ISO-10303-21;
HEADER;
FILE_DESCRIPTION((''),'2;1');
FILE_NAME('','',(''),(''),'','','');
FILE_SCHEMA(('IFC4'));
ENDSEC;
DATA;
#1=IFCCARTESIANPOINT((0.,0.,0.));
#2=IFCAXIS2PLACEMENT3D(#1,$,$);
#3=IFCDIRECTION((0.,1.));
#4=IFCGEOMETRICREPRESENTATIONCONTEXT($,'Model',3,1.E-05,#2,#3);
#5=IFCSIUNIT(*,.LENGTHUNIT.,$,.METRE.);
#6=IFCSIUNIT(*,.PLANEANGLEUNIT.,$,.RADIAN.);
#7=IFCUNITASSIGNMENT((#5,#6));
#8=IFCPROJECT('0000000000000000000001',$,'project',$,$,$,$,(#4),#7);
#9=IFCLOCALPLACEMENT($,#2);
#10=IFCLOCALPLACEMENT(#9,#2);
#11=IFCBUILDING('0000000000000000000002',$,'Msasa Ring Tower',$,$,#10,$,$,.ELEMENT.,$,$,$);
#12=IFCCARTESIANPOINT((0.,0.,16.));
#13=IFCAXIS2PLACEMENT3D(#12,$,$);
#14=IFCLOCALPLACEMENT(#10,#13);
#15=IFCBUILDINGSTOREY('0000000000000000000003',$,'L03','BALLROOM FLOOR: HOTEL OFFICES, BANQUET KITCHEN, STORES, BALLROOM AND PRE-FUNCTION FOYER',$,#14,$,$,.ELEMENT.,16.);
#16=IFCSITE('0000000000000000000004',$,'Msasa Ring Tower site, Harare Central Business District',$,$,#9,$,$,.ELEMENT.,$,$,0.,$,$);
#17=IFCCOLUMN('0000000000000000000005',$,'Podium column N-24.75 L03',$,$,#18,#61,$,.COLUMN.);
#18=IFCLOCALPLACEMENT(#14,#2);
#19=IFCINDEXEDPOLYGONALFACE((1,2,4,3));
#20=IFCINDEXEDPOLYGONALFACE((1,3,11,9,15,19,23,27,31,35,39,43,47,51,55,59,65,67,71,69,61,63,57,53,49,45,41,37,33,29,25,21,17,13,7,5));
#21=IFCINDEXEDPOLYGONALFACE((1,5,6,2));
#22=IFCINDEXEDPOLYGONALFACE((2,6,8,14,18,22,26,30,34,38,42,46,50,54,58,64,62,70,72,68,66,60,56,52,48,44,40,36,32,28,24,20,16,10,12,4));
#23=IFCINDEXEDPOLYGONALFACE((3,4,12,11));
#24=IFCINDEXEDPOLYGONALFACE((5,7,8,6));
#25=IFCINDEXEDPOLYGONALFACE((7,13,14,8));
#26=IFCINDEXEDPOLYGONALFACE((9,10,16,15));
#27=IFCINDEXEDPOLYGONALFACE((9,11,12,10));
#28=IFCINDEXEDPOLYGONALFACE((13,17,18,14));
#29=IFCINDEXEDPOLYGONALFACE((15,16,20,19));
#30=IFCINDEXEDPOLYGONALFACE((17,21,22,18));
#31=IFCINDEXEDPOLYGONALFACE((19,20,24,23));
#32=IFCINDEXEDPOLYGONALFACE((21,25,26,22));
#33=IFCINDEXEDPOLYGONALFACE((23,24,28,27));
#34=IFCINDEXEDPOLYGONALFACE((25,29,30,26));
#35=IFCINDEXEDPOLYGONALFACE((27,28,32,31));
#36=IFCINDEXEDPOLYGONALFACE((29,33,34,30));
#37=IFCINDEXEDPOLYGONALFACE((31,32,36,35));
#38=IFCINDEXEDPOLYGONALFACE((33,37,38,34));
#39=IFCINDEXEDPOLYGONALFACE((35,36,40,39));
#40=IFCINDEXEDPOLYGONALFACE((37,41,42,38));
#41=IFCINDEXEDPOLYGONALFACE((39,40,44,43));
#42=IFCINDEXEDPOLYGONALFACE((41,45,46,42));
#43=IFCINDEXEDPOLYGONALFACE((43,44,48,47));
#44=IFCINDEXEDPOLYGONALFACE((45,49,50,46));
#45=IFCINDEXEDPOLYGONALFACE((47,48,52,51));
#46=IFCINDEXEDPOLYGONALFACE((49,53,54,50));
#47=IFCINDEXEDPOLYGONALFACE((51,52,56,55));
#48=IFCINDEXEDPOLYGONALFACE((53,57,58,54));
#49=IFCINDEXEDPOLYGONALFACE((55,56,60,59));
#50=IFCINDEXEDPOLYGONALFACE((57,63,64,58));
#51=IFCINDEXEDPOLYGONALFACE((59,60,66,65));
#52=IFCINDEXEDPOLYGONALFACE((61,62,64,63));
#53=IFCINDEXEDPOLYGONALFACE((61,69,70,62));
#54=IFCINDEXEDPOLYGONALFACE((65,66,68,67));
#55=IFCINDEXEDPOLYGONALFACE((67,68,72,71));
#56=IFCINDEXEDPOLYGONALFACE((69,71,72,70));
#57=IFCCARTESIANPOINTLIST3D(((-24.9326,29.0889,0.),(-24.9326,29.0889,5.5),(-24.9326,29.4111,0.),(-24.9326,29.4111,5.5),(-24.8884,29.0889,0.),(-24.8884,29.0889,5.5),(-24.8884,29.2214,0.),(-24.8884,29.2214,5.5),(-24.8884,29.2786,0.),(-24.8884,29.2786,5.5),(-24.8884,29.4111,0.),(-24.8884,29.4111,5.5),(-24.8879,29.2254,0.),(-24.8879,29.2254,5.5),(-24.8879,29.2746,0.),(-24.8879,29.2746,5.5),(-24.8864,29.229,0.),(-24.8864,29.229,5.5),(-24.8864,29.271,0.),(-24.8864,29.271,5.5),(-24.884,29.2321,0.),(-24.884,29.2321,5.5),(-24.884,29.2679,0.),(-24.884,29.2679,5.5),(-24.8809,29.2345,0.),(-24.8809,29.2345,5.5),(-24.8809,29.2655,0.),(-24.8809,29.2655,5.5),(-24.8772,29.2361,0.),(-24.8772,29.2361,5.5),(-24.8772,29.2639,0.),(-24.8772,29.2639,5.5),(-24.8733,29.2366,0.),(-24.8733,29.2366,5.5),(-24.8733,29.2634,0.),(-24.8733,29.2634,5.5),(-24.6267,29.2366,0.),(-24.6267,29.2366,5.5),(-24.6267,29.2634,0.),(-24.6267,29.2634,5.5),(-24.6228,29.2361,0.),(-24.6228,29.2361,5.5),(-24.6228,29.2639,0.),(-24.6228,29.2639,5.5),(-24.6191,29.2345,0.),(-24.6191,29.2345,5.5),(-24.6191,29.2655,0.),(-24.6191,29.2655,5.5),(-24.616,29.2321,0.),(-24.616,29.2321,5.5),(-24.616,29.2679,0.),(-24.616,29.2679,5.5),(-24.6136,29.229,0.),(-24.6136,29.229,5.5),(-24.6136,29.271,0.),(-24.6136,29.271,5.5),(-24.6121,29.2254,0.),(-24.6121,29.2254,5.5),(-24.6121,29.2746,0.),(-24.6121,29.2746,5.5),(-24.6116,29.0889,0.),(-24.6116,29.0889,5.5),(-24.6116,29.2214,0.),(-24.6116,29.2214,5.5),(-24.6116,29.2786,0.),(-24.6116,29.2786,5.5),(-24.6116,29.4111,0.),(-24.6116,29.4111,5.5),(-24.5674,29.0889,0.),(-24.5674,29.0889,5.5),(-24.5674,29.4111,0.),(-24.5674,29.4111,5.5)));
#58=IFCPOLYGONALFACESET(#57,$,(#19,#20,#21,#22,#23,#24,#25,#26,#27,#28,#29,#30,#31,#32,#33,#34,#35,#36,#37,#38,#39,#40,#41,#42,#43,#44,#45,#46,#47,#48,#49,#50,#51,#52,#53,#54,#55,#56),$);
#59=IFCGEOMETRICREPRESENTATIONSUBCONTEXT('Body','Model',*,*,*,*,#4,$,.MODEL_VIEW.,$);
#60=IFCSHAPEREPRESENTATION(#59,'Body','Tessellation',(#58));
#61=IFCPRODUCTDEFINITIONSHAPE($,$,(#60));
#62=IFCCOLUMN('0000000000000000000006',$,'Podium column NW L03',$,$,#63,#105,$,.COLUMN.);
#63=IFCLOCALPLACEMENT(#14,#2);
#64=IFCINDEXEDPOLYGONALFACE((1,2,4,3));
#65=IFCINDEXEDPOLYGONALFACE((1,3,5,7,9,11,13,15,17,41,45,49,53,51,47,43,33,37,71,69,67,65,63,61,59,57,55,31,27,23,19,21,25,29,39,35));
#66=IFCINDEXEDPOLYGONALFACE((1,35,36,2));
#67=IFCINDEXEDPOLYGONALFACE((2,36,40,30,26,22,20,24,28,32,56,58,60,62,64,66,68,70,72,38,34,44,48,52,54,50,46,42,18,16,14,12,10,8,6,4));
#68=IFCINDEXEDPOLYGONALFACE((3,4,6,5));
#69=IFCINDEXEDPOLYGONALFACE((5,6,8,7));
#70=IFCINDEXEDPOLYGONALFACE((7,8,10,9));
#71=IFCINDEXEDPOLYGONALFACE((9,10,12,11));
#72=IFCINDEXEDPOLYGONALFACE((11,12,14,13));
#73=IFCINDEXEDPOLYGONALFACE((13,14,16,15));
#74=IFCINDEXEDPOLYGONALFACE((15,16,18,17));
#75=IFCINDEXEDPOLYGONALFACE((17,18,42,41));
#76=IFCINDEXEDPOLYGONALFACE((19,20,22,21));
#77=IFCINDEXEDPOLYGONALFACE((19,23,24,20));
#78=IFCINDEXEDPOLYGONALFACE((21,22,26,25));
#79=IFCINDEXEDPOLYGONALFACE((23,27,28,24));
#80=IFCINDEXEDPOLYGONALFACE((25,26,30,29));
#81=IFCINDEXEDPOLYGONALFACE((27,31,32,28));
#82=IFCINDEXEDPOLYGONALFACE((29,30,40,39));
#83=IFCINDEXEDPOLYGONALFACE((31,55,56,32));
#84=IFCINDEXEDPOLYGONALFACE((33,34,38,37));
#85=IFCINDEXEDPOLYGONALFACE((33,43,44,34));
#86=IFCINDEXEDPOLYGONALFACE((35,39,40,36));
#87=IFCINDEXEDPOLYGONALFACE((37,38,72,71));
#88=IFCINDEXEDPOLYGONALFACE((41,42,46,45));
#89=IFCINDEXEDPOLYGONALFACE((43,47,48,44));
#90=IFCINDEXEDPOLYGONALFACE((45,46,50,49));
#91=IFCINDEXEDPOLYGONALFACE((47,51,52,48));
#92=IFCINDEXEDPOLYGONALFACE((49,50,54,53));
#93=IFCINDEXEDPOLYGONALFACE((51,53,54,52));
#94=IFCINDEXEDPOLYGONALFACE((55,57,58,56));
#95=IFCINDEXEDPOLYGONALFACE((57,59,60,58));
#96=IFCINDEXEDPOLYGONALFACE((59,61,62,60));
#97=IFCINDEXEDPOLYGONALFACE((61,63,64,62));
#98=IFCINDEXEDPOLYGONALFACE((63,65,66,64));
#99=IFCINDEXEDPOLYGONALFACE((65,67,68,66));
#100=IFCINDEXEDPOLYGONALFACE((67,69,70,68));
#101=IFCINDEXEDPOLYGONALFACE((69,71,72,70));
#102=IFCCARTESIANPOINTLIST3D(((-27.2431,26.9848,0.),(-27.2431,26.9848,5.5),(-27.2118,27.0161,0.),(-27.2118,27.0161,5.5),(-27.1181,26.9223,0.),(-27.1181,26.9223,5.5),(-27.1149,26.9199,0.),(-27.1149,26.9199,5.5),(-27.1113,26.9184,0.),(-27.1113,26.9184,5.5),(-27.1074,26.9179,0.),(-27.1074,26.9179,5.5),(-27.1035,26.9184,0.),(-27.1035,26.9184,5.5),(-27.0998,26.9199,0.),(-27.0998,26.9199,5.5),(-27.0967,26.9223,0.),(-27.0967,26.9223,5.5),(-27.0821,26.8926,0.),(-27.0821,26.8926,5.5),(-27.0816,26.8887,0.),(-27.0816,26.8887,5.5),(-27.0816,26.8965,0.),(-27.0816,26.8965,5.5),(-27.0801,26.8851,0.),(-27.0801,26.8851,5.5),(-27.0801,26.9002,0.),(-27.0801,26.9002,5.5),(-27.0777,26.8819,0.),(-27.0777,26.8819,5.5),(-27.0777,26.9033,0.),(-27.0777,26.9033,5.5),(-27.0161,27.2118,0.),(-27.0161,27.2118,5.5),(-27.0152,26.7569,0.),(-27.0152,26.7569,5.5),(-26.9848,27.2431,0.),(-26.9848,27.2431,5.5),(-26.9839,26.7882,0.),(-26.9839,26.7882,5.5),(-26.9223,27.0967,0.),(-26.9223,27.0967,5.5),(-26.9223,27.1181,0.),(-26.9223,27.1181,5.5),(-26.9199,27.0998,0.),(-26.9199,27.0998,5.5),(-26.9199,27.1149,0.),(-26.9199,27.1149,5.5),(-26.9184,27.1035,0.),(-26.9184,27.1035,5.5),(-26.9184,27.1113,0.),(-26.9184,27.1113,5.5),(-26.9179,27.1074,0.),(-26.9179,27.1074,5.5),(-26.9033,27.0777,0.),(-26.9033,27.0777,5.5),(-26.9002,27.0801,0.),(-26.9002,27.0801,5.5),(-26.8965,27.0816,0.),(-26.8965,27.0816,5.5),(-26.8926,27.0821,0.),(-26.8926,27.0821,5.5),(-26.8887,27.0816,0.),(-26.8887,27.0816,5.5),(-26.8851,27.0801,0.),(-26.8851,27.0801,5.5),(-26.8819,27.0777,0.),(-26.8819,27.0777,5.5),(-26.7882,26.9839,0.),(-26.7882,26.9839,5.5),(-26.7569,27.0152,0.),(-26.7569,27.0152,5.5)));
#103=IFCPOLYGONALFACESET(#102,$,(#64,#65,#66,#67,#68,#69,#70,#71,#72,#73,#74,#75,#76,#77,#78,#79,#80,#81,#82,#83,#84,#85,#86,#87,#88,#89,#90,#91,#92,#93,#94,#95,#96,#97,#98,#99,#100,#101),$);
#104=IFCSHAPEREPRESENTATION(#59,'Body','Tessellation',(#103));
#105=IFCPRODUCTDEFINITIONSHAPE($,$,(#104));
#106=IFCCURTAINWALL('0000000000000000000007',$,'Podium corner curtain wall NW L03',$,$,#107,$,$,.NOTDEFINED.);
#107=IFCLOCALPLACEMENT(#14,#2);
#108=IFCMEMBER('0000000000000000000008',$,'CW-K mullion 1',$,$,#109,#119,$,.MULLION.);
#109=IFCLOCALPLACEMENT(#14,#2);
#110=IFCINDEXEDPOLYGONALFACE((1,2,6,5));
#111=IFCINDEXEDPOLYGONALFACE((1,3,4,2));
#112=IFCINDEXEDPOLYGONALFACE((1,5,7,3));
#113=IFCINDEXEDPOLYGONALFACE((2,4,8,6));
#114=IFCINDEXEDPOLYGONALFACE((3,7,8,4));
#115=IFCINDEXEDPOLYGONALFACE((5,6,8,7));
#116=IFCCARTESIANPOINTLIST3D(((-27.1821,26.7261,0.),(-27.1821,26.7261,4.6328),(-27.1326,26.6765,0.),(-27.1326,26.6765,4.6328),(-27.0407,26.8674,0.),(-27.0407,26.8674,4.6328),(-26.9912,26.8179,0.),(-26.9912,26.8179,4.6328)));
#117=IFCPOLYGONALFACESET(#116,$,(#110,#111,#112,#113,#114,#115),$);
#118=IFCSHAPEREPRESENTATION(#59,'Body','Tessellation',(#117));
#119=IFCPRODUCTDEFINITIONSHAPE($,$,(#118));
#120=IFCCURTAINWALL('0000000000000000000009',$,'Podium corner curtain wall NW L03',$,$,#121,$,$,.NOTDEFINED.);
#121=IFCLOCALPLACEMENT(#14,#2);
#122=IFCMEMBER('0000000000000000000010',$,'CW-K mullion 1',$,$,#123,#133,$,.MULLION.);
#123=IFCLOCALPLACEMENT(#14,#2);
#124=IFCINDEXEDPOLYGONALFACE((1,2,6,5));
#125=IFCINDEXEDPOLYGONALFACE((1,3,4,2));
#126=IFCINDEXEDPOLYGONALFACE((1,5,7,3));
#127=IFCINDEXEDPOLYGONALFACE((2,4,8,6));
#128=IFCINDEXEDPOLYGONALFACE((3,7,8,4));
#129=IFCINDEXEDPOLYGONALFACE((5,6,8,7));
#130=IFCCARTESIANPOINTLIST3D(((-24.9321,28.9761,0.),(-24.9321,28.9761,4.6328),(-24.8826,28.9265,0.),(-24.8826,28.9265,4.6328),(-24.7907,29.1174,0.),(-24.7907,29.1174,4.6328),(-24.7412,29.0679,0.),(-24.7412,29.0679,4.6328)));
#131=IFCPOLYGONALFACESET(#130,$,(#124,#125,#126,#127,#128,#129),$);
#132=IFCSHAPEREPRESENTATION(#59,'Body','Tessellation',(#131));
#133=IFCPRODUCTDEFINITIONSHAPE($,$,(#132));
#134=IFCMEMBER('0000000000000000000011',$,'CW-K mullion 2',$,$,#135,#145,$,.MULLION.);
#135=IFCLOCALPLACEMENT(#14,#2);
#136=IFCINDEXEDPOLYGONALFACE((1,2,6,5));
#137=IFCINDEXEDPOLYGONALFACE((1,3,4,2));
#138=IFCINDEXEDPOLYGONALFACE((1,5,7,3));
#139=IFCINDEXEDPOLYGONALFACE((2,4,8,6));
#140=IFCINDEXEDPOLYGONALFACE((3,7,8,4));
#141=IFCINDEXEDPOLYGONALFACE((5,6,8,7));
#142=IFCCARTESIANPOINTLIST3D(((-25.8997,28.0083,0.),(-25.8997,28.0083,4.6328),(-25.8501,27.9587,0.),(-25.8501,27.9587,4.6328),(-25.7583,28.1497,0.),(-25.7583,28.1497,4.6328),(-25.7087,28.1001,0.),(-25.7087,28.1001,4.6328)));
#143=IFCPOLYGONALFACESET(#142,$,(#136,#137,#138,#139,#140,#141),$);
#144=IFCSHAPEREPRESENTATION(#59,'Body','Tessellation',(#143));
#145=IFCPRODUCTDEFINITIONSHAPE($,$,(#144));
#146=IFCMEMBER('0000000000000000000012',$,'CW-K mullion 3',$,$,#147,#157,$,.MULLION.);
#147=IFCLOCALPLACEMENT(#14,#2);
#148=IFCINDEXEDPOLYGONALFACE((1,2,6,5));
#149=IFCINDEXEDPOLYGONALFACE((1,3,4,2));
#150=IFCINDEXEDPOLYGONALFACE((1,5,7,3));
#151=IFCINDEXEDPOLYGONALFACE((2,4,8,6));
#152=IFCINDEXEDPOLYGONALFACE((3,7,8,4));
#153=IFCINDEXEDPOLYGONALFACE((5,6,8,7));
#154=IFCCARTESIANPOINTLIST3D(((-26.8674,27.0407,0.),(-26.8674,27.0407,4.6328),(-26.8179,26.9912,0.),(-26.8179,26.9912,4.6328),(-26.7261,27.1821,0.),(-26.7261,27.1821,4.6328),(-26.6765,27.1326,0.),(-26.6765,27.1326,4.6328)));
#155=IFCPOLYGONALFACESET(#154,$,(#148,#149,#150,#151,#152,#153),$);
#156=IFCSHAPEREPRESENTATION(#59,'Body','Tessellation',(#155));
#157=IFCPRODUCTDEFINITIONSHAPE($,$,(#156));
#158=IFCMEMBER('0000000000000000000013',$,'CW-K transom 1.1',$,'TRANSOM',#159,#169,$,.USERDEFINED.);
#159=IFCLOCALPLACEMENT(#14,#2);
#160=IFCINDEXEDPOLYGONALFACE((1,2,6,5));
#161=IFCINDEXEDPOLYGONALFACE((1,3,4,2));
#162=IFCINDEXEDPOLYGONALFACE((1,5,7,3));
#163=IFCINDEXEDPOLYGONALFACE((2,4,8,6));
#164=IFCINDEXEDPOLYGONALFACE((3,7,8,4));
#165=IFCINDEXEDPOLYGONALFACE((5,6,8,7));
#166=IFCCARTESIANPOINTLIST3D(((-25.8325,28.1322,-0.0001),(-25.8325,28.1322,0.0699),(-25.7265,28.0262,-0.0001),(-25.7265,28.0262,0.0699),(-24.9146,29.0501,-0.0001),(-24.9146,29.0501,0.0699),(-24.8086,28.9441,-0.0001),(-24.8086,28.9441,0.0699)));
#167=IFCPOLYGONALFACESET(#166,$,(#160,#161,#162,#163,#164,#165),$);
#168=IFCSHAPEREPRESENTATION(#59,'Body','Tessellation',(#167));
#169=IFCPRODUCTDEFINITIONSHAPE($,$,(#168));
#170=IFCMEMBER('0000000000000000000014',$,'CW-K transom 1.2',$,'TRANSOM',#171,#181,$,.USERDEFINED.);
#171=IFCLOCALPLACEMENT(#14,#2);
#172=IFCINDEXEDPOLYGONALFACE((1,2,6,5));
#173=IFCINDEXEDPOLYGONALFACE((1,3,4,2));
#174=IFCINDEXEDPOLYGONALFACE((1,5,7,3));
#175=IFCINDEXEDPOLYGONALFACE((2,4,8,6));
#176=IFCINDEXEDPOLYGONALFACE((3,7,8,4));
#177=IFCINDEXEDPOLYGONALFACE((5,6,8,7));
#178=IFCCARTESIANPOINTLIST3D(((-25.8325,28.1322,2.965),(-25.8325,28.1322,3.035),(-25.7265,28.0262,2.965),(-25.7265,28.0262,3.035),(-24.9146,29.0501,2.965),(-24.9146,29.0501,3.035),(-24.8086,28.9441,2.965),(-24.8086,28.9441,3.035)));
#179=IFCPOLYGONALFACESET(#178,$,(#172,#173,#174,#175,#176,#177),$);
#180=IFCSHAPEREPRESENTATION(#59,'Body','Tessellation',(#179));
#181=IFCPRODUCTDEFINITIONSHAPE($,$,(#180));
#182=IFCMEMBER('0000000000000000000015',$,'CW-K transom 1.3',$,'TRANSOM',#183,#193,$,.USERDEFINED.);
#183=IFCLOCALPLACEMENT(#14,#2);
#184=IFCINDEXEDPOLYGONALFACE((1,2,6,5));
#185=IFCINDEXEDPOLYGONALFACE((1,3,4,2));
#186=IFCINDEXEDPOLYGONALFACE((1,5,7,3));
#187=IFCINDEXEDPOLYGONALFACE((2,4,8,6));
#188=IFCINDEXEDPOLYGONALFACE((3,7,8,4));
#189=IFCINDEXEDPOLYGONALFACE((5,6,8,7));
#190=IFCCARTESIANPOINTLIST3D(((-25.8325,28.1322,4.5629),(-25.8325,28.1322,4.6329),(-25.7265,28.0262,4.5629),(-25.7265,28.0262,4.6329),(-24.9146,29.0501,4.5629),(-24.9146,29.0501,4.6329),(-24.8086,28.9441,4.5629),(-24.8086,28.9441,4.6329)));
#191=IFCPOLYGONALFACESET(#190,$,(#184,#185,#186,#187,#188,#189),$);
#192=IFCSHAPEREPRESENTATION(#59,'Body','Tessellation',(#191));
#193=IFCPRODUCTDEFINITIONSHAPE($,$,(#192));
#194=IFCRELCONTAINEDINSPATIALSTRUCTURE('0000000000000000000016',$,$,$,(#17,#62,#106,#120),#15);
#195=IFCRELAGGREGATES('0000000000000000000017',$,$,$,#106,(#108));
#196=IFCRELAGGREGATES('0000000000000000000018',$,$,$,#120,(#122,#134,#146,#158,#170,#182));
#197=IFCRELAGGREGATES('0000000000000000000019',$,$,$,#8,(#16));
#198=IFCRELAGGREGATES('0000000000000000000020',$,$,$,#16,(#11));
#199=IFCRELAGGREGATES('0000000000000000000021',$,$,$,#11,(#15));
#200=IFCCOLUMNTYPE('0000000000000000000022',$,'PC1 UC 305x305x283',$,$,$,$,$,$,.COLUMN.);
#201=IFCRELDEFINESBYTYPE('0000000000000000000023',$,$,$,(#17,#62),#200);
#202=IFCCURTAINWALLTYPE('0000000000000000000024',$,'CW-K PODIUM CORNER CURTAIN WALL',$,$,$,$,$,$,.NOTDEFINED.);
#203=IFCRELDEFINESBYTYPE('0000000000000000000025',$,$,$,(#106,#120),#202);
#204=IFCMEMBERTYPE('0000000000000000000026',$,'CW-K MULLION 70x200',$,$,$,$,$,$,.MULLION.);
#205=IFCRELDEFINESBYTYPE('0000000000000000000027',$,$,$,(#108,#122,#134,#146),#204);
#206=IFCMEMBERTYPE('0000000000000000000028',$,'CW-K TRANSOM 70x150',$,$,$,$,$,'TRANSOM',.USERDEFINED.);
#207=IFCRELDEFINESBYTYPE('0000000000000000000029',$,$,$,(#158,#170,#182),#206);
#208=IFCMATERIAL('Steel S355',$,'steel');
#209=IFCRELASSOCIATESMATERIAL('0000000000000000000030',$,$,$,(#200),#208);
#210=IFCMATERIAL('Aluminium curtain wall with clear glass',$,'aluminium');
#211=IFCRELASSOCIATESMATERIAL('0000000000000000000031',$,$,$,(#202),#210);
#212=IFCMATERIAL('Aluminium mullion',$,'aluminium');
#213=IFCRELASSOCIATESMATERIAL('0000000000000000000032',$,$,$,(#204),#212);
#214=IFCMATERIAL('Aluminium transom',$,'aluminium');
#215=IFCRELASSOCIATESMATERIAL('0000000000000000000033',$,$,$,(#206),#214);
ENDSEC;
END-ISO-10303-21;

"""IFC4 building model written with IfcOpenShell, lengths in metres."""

from ifc_helpers import new_model, si_unit, direction, frame, origin, origin_2d, place, context, subcontext, project, spatial, rectangle, i_section, extrude, material, material_profile, profile_set, type_object, element, aggregate, save


model = new_model("IFC4")

# Units and contexts
model_context = context("Model", 3, precision=1e-05, world=origin(), true_north=direction((0.0, 1.0)))
body_context = subcontext(model_context, "Body", "Model", "MODEL_VIEW")
ifc_project = project(units=[si_unit("LENGTHUNIT", "METRE"), si_unit("PLANEANGLEUNIT", "RADIAN")], contexts=[model_context])

# Site, building, storey
site_placement = place(None, origin())
site = spatial("IfcSite", under=ifc_project, at=site_placement, Name="Msasa Ring Tower site, Harare Central Business District", CompositionType="ELEMENT", RefElevation=0.0)
building_placement = place(site_placement, origin())
building = spatial("IfcBuilding", under=site, at=building_placement, Name="Msasa Ring Tower", CompositionType="ELEMENT")
storey_placement = place(building_placement, frame((0.0, 0.0, 16.0)))
storey = spatial("IfcBuildingStorey", under=building, at=storey_placement, Name="L03", Description="BALLROOM FLOOR: HOTEL OFFICES, BANQUET KITCHEN, STORES, BALLROOM AND PRE-FUNCTION FOYER", CompositionType="ELEMENT", Elevation=16.0)

# Columns
ifc_material_1 = material(Name="Steel S355", Category="steel")
ifc_material_profile_1 = material_profile(ifc_material_1, i_section(OverallWidth=0.3223, OverallDepth=0.3652, WebThickness=0.0269, FlangeThickness=0.0442, FilletRadius=0.0151, at=origin_2d()), Name="UC 305x305x283")
ifc_profile_set_1 = profile_set([ifc_material_profile_1], Name="Steel S355")
column_type = type_object("IfcColumnType", Name="PC1 UC 305x305x283", PredefinedType="COLUMN", material=ifc_profile_set_1)
for number, where, z_axis, x_axis, name in (
    (1, (-24.75, 29.25, 0.0), (0.0, 0.0, 1.0), (0.0, 1.0, 0.0), "Podium column N-24.75 L03"),
    (2, (-27.0, 27.0, 0.0), (0.0, 0.0, 1.0), (0.707107, -0.707107, 0.0), "Podium column NW L03"),
):
    element("IfcColumn", number, at=place(storey_placement, frame(where, z_axis=z_axis, x_axis=x_axis)), inside=storey, type_object=column_type, Name=name, PredefinedType="COLUMN", context=body_context, shape_type="SweptSolid", body=[
        extrude(i_section(OverallWidth=0.3223, OverallDepth=0.3652, WebThickness=0.0269, FlangeThickness=0.0442, FilletRadius=0.0151, at=origin_2d()), origin(), (0.0, 0.0, 1.0), 5.5),
    ])

# Curtain wall, member
ifc_material_2 = material(Name="Aluminium curtain wall with clear glass", Category="aluminium")
curtain_wall_type = type_object("IfcCurtainWallType", Name="CW-K PODIUM CORNER CURTAIN WALL", PredefinedType="NOTDEFINED", material=ifc_material_2)
curtain_wall_1_placement = place(storey_placement, origin())
curtain_wall_1 = element("IfcCurtainWall", 3, at=curtain_wall_1_placement, inside=storey, type_object=curtain_wall_type, Name="Podium corner curtain wall NW L03", PredefinedType="NOTDEFINED")
ifc_material_3 = material(Name="Aluminium mullion", Category="aluminium")
ifc_material_profile_2 = material_profile(ifc_material_3, rectangle(XDim=0.0701, YDim=0.2, at=origin_2d()), Name="AL 70x200")
ifc_profile_set_2 = profile_set([ifc_material_profile_2], Name="Aluminium mullion")
member_type_1 = type_object("IfcMemberType", Name="CW-K MULLION 70x200", PredefinedType="MULLION", material=ifc_profile_set_2)
member_1_placement = place(storey_placement, frame((-27.0867, 26.772, 0.0), z_axis=(0.0, 0.0, 1.0), x_axis=(0.707107, -0.707107, 0.0)))
member_1 = element("IfcMember", 4, at=member_1_placement, type_object=member_type_1, Name="CW-K mullion 1", PredefinedType="MULLION", context=body_context, shape_type="SweptSolid", body=[
    extrude(rectangle(XDim=0.0701, YDim=0.2, at=origin_2d()), origin(), (0.0, 0.0, 1.0), 4.6328),
])
aggregate(curtain_wall_1, [member_1])

# Curtain wall, members
curtain_wall_2_placement = place(storey_placement, origin())
curtain_wall_2 = element("IfcCurtainWall", 5, at=curtain_wall_2_placement, inside=storey, type_object=curtain_wall_type, Name="Podium corner curtain wall NW L03", PredefinedType="NOTDEFINED")
member_2_placement = place(storey_placement, frame((-24.8367, 29.022, 0.0), z_axis=(0.0, 0.0, 1.0), x_axis=(0.707107, -0.707107, 0.0)))
member_2 = element("IfcMember", 6, at=member_2_placement, type_object=member_type_1, Name="CW-K mullion 1", PredefinedType="MULLION", context=body_context, shape_type="SweptSolid", body=[
    extrude(rectangle(XDim=0.0701, YDim=0.2, at=origin_2d()), origin(), (0.0, 0.0, 1.0), 4.6328),
])
member_3_placement = place(storey_placement, frame((-25.8042, 28.0542, 0.0), z_axis=(0.0, 0.0, 1.0), x_axis=(0.707107, -0.707107, 0.0)))
member_3 = element("IfcMember", 7, at=member_3_placement, type_object=member_type_1, Name="CW-K mullion 2", PredefinedType="MULLION", context=body_context, shape_type="SweptSolid", body=[
    extrude(rectangle(XDim=0.0701, YDim=0.2, at=origin_2d()), origin(), (0.0, 0.0, 1.0), 4.6328),
])
member_4_placement = place(storey_placement, frame((-26.772, 27.0867, 0.0), z_axis=(0.0, 0.0, 1.0), x_axis=(0.707107, -0.707107, 0.0)))
member_4 = element("IfcMember", 8, at=member_4_placement, type_object=member_type_1, Name="CW-K mullion 3", PredefinedType="MULLION", context=body_context, shape_type="SweptSolid", body=[
    extrude(rectangle(XDim=0.0701, YDim=0.2, at=origin_2d()), origin(), (0.0, 0.0, 1.0), 4.6328),
])
ifc_material_4 = material(Name="Aluminium transom", Category="aluminium")
ifc_material_profile_3 = material_profile(ifc_material_4, rectangle(XDim=0.1499, YDim=0.0701, at=origin_2d()), Name="AL 70x150")
ifc_profile_set_3 = profile_set([ifc_material_profile_3], Name="Aluminium transom")
member_type_2 = type_object("IfcMemberType", Name="CW-K TRANSOM 70x150", ElementType="TRANSOM", PredefinedType="USERDEFINED", material=ifc_profile_set_3)
member_5_placement = place(storey_placement, frame((-24.8616, 28.9971, 0.0349), z_axis=(-0.707107, -0.707107, 0.0), x_axis=(0.707107, -0.707107, 0.0)))
member_5 = element("IfcMember", 9, at=member_5_placement, type_object=member_type_2, Name="CW-K transom 1.1", ObjectType="TRANSOM", PredefinedType="USERDEFINED", context=body_context, shape_type="SweptSolid", body=[
    extrude(rectangle(XDim=0.1499, YDim=0.0701, at=origin_2d()), origin(), (0.0, 0.0, 1.0), 1.2981),
])
member_6_placement = place(storey_placement, frame((-24.8616, 28.9971, 3.0), z_axis=(-0.707107, -0.707107, 0.0), x_axis=(0.707107, -0.707107, 0.0)))
member_6 = element("IfcMember", 10, at=member_6_placement, type_object=member_type_2, Name="CW-K transom 1.2", ObjectType="TRANSOM", PredefinedType="USERDEFINED", context=body_context, shape_type="SweptSolid", body=[
    extrude(rectangle(XDim=0.1499, YDim=0.0701, at=origin_2d()), origin(), (0.0, 0.0, 1.0), 1.2981),
])
member_7_placement = place(storey_placement, frame((-24.8616, 28.9971, 4.5979), z_axis=(-0.707107, -0.707107, 0.0), x_axis=(0.707107, -0.707107, 0.0)))
member_7 = element("IfcMember", 11, at=member_7_placement, type_object=member_type_2, Name="CW-K transom 1.3", ObjectType="TRANSOM", PredefinedType="USERDEFINED", context=body_context, shape_type="SweptSolid", body=[
    extrude(rectangle(XDim=0.1499, YDim=0.0701, at=origin_2d()), origin(), (0.0, 0.0, 1.0), 1.2981),
])

aggregate(curtain_wall_2, [member_2, member_3, member_4, member_5, member_6, member_7])

save(model, "model.ifc")
